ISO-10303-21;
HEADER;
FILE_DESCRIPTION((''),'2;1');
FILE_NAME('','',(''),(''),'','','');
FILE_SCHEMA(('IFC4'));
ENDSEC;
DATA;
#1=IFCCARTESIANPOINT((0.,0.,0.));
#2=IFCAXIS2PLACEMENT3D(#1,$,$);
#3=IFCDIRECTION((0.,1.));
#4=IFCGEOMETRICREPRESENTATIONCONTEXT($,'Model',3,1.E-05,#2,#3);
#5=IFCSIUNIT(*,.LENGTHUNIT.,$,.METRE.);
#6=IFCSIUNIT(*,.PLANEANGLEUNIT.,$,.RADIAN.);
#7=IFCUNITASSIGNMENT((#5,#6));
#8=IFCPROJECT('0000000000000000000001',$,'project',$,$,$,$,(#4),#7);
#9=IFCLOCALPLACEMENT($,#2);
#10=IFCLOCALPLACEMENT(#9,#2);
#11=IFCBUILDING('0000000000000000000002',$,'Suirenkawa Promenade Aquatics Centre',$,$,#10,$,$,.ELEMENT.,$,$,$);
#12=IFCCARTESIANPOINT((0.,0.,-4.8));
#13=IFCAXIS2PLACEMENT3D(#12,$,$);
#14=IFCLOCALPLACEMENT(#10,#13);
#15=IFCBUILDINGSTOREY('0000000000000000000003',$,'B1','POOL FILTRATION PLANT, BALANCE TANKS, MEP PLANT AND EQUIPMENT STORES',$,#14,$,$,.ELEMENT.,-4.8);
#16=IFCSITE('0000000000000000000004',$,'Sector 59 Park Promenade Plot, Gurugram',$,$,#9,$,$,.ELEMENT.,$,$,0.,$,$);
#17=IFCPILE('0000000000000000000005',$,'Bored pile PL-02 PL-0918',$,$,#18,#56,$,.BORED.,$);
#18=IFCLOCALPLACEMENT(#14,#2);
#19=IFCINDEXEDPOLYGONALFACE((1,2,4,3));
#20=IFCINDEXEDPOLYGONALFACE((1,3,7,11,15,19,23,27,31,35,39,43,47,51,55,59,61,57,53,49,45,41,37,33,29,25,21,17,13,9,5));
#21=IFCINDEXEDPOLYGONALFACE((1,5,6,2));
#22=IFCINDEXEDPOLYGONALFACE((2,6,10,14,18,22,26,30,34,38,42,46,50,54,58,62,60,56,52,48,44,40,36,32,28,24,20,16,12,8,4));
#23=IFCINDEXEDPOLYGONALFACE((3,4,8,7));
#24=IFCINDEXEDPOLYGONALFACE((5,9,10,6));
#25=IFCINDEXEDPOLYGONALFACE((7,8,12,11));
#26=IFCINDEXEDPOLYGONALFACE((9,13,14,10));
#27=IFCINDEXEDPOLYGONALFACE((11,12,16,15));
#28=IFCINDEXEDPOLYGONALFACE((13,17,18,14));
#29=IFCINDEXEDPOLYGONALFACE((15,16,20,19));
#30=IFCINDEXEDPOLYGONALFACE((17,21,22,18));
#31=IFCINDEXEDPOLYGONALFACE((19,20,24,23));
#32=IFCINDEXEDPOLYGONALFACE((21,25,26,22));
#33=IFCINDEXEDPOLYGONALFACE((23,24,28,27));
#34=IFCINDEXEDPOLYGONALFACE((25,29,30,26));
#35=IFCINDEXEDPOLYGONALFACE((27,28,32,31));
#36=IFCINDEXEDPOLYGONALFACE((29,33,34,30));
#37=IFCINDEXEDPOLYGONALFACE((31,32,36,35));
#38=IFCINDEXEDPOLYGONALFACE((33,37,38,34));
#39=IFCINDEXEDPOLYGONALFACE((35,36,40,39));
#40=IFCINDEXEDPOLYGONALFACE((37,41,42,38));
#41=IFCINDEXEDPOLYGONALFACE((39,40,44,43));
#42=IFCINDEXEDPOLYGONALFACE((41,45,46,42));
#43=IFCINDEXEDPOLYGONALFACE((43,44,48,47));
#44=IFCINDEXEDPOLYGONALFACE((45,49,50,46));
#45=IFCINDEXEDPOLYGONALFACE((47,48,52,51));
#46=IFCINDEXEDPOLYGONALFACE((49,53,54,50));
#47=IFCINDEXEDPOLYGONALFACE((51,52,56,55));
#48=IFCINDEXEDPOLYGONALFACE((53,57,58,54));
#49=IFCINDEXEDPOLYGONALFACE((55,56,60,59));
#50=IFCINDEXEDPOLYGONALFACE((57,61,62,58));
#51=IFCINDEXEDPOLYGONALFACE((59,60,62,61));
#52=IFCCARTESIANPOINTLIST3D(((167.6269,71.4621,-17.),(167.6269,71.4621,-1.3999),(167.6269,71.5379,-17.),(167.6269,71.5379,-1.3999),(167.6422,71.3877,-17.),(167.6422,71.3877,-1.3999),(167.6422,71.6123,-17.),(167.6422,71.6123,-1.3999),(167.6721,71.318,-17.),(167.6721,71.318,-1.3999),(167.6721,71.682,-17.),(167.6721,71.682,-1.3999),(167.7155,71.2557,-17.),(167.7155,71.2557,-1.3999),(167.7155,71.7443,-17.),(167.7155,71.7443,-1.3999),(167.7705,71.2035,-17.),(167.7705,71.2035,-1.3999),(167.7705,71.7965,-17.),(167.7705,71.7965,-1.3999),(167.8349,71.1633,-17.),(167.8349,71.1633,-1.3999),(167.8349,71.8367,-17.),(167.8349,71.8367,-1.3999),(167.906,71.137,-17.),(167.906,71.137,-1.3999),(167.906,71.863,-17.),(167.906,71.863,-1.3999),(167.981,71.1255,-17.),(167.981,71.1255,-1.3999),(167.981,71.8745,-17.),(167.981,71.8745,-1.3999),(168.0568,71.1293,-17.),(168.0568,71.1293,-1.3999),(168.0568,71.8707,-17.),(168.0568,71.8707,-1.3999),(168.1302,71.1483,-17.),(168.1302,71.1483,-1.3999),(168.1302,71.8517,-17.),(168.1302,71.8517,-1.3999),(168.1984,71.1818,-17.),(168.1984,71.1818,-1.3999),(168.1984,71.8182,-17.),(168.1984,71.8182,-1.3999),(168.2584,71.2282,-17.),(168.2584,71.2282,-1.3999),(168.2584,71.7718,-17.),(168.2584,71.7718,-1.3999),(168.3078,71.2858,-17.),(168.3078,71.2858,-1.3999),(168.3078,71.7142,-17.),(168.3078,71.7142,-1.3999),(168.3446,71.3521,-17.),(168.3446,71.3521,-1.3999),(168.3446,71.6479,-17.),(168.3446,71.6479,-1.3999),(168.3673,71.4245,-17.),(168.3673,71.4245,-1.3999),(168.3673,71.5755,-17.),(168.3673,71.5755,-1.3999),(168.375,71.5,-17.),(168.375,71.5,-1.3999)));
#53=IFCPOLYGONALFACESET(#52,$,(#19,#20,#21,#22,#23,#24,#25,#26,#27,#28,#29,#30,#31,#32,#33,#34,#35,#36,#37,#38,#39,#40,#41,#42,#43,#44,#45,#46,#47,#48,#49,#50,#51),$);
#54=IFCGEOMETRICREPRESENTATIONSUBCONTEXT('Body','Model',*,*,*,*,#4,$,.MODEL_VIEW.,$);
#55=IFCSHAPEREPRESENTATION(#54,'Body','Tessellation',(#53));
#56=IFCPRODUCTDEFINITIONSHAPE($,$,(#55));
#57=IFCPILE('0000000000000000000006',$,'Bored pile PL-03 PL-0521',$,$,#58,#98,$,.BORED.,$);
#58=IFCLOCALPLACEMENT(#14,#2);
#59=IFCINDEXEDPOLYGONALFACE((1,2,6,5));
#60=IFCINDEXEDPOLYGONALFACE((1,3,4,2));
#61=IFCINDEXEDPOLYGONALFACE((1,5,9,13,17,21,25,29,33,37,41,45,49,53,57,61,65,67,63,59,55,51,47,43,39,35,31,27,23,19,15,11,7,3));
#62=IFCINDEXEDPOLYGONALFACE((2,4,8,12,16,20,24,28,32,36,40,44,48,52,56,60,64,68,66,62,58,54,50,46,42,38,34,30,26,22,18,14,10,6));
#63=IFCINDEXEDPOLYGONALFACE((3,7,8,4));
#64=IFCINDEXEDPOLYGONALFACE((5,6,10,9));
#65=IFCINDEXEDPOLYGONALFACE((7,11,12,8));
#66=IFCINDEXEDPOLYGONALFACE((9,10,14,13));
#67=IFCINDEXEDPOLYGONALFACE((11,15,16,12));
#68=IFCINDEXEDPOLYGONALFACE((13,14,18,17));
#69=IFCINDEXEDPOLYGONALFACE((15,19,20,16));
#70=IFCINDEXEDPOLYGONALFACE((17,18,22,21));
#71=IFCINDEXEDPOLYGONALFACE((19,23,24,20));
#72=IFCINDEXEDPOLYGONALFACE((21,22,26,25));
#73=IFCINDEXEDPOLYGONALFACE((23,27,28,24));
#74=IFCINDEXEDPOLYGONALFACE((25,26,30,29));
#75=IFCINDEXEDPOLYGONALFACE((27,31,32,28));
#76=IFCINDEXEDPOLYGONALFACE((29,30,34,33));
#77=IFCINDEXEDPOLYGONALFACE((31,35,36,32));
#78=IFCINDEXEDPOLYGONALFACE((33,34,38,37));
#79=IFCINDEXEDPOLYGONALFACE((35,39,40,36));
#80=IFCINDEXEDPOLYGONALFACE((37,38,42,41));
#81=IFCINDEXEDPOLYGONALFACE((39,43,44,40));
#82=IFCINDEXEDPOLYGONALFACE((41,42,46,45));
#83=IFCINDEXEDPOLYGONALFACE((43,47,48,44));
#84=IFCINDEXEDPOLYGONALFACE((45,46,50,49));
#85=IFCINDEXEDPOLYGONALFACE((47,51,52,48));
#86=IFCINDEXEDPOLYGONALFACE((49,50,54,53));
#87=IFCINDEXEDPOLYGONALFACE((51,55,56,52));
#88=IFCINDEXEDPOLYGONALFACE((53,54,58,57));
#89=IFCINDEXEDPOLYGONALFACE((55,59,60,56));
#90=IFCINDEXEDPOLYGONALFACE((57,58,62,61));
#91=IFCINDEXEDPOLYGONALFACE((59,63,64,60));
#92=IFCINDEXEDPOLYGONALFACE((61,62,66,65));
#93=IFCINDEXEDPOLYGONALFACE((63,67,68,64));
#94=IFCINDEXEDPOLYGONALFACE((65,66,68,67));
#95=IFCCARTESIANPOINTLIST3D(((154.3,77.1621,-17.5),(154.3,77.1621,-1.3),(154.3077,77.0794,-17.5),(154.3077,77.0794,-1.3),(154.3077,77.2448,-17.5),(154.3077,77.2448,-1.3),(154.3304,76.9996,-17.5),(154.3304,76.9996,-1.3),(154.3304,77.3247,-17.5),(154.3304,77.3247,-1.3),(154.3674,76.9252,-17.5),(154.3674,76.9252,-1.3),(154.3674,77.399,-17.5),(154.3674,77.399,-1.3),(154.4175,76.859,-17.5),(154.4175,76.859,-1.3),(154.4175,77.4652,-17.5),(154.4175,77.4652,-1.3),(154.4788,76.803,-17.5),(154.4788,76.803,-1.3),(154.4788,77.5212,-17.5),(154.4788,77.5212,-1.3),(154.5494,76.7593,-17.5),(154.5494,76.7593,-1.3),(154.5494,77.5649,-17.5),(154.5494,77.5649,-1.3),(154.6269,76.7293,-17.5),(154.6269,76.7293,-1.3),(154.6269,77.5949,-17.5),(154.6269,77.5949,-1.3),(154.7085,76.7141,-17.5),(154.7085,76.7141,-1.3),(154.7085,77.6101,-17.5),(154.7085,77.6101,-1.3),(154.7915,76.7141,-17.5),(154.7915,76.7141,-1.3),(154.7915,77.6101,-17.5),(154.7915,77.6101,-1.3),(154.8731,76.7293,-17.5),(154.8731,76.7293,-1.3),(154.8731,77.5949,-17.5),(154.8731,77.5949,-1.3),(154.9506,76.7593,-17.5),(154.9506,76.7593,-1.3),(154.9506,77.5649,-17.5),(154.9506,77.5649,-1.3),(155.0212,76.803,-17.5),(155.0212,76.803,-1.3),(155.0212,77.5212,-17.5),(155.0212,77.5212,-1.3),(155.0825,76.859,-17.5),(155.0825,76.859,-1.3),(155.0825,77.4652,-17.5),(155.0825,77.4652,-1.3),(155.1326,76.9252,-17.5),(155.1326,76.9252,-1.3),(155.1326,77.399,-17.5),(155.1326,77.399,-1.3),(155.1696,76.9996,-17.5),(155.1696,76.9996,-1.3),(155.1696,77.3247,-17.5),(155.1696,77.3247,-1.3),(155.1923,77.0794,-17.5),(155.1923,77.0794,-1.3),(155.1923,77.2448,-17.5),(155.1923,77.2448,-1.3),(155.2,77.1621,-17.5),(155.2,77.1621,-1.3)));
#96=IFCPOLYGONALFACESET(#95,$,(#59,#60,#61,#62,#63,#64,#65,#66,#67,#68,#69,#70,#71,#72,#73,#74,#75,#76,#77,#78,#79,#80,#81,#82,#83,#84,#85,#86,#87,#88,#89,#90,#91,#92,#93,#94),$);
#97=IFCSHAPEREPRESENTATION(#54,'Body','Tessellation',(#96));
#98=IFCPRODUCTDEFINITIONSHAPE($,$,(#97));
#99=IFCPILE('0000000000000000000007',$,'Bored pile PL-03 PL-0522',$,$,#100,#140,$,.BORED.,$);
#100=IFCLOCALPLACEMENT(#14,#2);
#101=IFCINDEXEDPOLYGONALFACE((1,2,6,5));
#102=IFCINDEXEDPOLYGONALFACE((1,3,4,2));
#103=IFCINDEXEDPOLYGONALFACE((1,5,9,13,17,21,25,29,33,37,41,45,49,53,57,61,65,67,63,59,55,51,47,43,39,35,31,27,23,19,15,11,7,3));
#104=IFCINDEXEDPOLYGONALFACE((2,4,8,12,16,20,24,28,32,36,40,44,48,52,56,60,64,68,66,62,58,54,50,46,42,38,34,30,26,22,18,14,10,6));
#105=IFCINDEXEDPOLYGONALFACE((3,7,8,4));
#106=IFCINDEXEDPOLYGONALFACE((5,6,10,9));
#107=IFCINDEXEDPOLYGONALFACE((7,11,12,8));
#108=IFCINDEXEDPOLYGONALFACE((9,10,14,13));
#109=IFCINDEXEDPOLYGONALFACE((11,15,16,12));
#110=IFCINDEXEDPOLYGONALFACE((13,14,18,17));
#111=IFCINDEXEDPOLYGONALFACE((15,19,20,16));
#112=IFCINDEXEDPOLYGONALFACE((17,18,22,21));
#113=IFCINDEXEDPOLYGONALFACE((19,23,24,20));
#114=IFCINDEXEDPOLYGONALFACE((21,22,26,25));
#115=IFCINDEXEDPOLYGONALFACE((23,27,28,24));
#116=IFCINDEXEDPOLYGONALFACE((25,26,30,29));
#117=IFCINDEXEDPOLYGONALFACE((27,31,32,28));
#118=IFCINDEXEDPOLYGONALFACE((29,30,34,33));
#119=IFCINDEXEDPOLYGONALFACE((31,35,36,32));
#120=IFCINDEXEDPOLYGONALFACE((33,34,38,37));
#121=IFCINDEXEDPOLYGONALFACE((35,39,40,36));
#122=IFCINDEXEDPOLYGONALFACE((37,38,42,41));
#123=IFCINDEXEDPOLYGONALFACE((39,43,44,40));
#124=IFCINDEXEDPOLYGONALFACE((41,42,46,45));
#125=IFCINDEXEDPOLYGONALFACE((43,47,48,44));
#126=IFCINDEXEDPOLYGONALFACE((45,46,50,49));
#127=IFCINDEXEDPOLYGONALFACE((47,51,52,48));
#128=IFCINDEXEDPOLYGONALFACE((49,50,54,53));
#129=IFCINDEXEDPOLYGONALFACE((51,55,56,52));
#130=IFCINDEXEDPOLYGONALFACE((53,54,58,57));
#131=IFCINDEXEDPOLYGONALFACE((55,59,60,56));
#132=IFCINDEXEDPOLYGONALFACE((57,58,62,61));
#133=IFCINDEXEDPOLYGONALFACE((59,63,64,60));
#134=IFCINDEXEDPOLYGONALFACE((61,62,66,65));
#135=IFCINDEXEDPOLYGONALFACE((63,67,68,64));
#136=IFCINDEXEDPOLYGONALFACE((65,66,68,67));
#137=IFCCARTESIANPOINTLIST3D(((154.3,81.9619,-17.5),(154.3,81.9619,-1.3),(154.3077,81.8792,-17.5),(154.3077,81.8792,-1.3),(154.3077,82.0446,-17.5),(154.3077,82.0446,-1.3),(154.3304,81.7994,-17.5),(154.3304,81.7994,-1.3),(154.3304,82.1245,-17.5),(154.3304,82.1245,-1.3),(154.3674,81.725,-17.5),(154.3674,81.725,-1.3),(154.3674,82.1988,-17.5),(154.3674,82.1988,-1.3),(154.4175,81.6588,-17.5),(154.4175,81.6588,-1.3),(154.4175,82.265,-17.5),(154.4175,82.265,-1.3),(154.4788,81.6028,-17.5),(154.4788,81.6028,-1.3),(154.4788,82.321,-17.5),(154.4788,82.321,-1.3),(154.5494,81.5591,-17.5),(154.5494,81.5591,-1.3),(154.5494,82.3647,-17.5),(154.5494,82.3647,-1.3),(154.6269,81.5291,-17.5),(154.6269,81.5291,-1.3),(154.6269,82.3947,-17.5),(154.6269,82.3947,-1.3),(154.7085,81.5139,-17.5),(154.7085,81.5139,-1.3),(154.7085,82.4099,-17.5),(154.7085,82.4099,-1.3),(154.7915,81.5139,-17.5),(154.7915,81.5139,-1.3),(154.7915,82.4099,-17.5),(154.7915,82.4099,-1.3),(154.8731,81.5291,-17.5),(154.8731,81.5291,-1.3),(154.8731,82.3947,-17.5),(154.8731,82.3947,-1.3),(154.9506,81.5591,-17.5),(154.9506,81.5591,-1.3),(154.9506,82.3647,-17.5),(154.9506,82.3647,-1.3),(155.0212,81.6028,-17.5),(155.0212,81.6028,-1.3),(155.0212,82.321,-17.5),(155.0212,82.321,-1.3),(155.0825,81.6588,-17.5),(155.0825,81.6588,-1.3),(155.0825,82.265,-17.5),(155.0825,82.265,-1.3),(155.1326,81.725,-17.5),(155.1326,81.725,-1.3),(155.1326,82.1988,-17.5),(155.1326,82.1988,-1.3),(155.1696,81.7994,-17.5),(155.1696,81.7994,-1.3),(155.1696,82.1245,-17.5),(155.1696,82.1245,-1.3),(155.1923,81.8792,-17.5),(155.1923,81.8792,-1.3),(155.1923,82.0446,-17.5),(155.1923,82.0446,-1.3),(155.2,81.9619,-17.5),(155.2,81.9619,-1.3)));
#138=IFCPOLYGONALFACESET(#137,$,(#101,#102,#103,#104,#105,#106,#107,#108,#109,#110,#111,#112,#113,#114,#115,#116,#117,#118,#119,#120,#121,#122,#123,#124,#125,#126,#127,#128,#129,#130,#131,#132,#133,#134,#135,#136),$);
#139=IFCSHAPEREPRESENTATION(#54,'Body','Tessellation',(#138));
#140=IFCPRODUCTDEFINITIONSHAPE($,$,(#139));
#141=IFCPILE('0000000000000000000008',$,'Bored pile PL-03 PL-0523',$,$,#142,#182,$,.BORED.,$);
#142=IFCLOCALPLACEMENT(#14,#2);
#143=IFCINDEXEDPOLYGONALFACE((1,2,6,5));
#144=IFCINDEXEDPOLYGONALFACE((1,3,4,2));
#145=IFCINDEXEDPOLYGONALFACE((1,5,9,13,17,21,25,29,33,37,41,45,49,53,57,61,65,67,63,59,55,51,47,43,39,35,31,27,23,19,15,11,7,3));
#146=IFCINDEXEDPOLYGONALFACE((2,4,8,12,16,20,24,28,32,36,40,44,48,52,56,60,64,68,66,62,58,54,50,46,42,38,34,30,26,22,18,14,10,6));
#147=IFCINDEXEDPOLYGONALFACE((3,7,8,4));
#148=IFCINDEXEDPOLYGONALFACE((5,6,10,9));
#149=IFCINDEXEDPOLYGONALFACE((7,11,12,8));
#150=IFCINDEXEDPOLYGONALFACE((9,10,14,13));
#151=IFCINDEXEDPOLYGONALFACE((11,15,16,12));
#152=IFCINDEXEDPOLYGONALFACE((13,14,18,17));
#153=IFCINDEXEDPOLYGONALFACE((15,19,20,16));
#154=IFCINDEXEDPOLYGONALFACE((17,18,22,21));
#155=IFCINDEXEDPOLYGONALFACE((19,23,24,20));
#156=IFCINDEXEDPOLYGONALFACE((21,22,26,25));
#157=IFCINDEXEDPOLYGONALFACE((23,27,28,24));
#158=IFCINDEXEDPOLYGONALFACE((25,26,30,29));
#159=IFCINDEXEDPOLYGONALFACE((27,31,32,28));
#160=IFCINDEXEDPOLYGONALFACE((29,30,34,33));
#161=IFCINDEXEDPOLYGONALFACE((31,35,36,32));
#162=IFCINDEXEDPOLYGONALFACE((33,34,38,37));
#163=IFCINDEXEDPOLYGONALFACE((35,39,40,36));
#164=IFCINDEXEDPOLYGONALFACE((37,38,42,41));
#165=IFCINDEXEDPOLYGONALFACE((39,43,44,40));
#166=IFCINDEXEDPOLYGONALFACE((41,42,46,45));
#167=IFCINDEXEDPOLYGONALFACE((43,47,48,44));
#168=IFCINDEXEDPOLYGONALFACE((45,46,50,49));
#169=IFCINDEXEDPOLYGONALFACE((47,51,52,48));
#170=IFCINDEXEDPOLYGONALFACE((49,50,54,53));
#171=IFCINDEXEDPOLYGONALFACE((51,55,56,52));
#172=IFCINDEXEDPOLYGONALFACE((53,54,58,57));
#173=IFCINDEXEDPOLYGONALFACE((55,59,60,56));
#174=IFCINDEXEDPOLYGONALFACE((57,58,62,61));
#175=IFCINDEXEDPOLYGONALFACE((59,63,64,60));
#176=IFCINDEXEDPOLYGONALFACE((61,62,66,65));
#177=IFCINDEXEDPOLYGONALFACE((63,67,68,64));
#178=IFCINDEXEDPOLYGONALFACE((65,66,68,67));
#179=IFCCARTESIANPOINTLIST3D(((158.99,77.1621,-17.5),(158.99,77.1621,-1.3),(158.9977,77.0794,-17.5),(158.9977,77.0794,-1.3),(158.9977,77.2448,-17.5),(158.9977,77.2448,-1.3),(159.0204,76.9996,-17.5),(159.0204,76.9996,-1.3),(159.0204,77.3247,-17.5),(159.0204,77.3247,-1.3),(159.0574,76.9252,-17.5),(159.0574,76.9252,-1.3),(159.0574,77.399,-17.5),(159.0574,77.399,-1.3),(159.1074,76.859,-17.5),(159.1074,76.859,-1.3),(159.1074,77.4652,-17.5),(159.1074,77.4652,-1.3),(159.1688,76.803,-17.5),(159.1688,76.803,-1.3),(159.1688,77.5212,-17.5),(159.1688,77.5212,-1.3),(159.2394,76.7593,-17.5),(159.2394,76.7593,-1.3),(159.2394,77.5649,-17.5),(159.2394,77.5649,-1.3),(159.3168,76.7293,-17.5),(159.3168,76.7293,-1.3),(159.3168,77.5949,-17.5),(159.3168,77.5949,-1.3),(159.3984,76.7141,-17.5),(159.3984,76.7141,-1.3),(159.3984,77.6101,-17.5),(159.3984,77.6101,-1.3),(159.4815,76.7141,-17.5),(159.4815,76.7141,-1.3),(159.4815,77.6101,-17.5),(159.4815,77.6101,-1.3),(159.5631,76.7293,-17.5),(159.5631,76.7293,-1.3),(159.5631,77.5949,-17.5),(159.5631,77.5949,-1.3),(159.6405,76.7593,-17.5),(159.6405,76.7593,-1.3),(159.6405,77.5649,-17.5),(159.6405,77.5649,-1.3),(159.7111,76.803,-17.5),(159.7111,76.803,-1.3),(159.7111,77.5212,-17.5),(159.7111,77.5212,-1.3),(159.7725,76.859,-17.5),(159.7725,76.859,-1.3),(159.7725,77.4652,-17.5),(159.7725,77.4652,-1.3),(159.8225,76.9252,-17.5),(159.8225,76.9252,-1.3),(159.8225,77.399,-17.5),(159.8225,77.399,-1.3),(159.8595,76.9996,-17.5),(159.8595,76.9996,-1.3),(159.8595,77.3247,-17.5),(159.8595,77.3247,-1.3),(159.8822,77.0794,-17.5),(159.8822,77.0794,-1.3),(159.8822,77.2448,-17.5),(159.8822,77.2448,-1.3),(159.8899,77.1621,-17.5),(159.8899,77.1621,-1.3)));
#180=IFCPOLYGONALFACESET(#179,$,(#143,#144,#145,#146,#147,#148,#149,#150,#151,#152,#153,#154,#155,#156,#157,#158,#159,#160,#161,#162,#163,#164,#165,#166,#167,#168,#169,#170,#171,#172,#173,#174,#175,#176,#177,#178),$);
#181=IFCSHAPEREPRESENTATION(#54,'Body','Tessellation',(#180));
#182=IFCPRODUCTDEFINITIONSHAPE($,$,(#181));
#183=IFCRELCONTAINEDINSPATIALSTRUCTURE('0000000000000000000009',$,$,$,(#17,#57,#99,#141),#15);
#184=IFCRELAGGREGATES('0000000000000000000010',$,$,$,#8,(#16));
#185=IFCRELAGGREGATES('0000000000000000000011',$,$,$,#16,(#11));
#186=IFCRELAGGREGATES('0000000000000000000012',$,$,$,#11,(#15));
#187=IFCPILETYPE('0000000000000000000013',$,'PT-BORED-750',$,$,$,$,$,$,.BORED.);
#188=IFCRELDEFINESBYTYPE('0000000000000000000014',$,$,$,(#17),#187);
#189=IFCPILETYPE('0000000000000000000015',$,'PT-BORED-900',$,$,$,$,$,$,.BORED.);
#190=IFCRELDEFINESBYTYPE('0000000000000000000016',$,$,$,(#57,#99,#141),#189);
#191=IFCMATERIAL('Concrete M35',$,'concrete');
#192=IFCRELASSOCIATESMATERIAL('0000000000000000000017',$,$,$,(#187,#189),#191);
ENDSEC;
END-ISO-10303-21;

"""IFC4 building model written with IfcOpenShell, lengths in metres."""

from ifc_helpers import new_model, si_unit, direction, frame, origin, origin_2d, place, context, subcontext, project, spatial, circle, extrude, material, material_profile, profile_set, type_object, element, save


model = new_model("IFC4")

# Units and contexts
model_context = context("Model", 3, precision=1e-05, world=origin(), true_north=direction((0.0, 1.0)))
body_context = subcontext(model_context, "Body", "Model", "MODEL_VIEW")
ifc_project = project(units=[si_unit("LENGTHUNIT", "METRE"), si_unit("PLANEANGLEUNIT", "RADIAN")], contexts=[model_context])

# Site, building, storey
site_placement = place(None, origin())
site = spatial("IfcSite", under=ifc_project, at=site_placement, Name="Sector 59 Park Promenade Plot, Gurugram", CompositionType="ELEMENT", RefElevation=0.0)
building_placement = place(site_placement, origin())
building = spatial("IfcBuilding", under=site, at=building_placement, Name="Suirenkawa Promenade Aquatics Centre", CompositionType="ELEMENT")
storey_placement = place(building_placement, frame((0.0, 0.0, -4.8)))
storey = spatial("IfcBuildingStorey", under=building, at=storey_placement, Name="B1", Description="POOL FILTRATION PLANT, BALANCE TANKS, MEP PLANT AND EQUIPMENT STORES", CompositionType="ELEMENT", Elevation=-4.8)

# Shared definitions
ifc_material_1 = material(Name="Concrete M35", Category="concrete")

# Piles
ifc_material_profile_1 = material_profile(ifc_material_1, circle(Radius=0.375, at=origin_2d()), Name="PILE D750", Category="concrete")
ifc_profile_set_1 = profile_set([ifc_material_profile_1], Name="Concrete M35")
pile_type_1 = type_object("IfcPileType", Name="PT-BORED-750", PredefinedType="BORED", material=ifc_profile_set_1)
for number, where, z_axis, x_axis, name in (
    (1, (168.0, 71.5, -1.3999), (0.0, 0.0, -1.0), (1.0, 0.0, 0.0), "Bored pile PL-02 PL-0918"),
):
    element("IfcPile", number, at=place(storey_placement, frame(where, z_axis=z_axis, x_axis=x_axis)), inside=storey, type_object=pile_type_1, Name=name, PredefinedType="BORED", context=body_context, shape_type="SweptSolid", body=[
        extrude(circle(Radius=0.375, at=origin_2d()), origin(), (0.0, 0.0, 1.0), 15.6001),
    ])
ifc_material_profile_2 = material_profile(ifc_material_1, circle(Radius=0.45, at=origin_2d()), Name="PILE D900", Category="concrete")
ifc_profile_set_2 = profile_set([ifc_material_profile_2], Name="Concrete M35")
pile_type_2 = type_object("IfcPileType", Name="PT-BORED-900", PredefinedType="BORED", material=ifc_profile_set_2)
for number, where, z_axis, x_axis, name in (
    (2, (154.75, 77.1621, -1.3), (0.0, 0.0, -1.0), (1.0, 0.0, 0.0), "Bored pile PL-03 PL-0521"),
    (3, (154.75, 81.9619, -1.3), (0.0, 0.0, -1.0), (1.0, 0.0, 0.0), "Bored pile PL-03 PL-0522"),
    (4, (159.4399, 77.1621, -1.3), (0.0, 0.0, -1.0), (1.0, 0.0, 0.0), "Bored pile PL-03 PL-0523"),
):
    element("IfcPile", number, at=place(storey_placement, frame(where, z_axis=z_axis, x_axis=x_axis)), inside=storey, type_object=pile_type_2, Name=name, PredefinedType="BORED", context=body_context, shape_type="SweptSolid", body=[
        extrude(circle(Radius=0.45, at=origin_2d()), origin(), (0.0, 0.0, 1.0), 16.2),
    ])

save(model, "model.ifc")
